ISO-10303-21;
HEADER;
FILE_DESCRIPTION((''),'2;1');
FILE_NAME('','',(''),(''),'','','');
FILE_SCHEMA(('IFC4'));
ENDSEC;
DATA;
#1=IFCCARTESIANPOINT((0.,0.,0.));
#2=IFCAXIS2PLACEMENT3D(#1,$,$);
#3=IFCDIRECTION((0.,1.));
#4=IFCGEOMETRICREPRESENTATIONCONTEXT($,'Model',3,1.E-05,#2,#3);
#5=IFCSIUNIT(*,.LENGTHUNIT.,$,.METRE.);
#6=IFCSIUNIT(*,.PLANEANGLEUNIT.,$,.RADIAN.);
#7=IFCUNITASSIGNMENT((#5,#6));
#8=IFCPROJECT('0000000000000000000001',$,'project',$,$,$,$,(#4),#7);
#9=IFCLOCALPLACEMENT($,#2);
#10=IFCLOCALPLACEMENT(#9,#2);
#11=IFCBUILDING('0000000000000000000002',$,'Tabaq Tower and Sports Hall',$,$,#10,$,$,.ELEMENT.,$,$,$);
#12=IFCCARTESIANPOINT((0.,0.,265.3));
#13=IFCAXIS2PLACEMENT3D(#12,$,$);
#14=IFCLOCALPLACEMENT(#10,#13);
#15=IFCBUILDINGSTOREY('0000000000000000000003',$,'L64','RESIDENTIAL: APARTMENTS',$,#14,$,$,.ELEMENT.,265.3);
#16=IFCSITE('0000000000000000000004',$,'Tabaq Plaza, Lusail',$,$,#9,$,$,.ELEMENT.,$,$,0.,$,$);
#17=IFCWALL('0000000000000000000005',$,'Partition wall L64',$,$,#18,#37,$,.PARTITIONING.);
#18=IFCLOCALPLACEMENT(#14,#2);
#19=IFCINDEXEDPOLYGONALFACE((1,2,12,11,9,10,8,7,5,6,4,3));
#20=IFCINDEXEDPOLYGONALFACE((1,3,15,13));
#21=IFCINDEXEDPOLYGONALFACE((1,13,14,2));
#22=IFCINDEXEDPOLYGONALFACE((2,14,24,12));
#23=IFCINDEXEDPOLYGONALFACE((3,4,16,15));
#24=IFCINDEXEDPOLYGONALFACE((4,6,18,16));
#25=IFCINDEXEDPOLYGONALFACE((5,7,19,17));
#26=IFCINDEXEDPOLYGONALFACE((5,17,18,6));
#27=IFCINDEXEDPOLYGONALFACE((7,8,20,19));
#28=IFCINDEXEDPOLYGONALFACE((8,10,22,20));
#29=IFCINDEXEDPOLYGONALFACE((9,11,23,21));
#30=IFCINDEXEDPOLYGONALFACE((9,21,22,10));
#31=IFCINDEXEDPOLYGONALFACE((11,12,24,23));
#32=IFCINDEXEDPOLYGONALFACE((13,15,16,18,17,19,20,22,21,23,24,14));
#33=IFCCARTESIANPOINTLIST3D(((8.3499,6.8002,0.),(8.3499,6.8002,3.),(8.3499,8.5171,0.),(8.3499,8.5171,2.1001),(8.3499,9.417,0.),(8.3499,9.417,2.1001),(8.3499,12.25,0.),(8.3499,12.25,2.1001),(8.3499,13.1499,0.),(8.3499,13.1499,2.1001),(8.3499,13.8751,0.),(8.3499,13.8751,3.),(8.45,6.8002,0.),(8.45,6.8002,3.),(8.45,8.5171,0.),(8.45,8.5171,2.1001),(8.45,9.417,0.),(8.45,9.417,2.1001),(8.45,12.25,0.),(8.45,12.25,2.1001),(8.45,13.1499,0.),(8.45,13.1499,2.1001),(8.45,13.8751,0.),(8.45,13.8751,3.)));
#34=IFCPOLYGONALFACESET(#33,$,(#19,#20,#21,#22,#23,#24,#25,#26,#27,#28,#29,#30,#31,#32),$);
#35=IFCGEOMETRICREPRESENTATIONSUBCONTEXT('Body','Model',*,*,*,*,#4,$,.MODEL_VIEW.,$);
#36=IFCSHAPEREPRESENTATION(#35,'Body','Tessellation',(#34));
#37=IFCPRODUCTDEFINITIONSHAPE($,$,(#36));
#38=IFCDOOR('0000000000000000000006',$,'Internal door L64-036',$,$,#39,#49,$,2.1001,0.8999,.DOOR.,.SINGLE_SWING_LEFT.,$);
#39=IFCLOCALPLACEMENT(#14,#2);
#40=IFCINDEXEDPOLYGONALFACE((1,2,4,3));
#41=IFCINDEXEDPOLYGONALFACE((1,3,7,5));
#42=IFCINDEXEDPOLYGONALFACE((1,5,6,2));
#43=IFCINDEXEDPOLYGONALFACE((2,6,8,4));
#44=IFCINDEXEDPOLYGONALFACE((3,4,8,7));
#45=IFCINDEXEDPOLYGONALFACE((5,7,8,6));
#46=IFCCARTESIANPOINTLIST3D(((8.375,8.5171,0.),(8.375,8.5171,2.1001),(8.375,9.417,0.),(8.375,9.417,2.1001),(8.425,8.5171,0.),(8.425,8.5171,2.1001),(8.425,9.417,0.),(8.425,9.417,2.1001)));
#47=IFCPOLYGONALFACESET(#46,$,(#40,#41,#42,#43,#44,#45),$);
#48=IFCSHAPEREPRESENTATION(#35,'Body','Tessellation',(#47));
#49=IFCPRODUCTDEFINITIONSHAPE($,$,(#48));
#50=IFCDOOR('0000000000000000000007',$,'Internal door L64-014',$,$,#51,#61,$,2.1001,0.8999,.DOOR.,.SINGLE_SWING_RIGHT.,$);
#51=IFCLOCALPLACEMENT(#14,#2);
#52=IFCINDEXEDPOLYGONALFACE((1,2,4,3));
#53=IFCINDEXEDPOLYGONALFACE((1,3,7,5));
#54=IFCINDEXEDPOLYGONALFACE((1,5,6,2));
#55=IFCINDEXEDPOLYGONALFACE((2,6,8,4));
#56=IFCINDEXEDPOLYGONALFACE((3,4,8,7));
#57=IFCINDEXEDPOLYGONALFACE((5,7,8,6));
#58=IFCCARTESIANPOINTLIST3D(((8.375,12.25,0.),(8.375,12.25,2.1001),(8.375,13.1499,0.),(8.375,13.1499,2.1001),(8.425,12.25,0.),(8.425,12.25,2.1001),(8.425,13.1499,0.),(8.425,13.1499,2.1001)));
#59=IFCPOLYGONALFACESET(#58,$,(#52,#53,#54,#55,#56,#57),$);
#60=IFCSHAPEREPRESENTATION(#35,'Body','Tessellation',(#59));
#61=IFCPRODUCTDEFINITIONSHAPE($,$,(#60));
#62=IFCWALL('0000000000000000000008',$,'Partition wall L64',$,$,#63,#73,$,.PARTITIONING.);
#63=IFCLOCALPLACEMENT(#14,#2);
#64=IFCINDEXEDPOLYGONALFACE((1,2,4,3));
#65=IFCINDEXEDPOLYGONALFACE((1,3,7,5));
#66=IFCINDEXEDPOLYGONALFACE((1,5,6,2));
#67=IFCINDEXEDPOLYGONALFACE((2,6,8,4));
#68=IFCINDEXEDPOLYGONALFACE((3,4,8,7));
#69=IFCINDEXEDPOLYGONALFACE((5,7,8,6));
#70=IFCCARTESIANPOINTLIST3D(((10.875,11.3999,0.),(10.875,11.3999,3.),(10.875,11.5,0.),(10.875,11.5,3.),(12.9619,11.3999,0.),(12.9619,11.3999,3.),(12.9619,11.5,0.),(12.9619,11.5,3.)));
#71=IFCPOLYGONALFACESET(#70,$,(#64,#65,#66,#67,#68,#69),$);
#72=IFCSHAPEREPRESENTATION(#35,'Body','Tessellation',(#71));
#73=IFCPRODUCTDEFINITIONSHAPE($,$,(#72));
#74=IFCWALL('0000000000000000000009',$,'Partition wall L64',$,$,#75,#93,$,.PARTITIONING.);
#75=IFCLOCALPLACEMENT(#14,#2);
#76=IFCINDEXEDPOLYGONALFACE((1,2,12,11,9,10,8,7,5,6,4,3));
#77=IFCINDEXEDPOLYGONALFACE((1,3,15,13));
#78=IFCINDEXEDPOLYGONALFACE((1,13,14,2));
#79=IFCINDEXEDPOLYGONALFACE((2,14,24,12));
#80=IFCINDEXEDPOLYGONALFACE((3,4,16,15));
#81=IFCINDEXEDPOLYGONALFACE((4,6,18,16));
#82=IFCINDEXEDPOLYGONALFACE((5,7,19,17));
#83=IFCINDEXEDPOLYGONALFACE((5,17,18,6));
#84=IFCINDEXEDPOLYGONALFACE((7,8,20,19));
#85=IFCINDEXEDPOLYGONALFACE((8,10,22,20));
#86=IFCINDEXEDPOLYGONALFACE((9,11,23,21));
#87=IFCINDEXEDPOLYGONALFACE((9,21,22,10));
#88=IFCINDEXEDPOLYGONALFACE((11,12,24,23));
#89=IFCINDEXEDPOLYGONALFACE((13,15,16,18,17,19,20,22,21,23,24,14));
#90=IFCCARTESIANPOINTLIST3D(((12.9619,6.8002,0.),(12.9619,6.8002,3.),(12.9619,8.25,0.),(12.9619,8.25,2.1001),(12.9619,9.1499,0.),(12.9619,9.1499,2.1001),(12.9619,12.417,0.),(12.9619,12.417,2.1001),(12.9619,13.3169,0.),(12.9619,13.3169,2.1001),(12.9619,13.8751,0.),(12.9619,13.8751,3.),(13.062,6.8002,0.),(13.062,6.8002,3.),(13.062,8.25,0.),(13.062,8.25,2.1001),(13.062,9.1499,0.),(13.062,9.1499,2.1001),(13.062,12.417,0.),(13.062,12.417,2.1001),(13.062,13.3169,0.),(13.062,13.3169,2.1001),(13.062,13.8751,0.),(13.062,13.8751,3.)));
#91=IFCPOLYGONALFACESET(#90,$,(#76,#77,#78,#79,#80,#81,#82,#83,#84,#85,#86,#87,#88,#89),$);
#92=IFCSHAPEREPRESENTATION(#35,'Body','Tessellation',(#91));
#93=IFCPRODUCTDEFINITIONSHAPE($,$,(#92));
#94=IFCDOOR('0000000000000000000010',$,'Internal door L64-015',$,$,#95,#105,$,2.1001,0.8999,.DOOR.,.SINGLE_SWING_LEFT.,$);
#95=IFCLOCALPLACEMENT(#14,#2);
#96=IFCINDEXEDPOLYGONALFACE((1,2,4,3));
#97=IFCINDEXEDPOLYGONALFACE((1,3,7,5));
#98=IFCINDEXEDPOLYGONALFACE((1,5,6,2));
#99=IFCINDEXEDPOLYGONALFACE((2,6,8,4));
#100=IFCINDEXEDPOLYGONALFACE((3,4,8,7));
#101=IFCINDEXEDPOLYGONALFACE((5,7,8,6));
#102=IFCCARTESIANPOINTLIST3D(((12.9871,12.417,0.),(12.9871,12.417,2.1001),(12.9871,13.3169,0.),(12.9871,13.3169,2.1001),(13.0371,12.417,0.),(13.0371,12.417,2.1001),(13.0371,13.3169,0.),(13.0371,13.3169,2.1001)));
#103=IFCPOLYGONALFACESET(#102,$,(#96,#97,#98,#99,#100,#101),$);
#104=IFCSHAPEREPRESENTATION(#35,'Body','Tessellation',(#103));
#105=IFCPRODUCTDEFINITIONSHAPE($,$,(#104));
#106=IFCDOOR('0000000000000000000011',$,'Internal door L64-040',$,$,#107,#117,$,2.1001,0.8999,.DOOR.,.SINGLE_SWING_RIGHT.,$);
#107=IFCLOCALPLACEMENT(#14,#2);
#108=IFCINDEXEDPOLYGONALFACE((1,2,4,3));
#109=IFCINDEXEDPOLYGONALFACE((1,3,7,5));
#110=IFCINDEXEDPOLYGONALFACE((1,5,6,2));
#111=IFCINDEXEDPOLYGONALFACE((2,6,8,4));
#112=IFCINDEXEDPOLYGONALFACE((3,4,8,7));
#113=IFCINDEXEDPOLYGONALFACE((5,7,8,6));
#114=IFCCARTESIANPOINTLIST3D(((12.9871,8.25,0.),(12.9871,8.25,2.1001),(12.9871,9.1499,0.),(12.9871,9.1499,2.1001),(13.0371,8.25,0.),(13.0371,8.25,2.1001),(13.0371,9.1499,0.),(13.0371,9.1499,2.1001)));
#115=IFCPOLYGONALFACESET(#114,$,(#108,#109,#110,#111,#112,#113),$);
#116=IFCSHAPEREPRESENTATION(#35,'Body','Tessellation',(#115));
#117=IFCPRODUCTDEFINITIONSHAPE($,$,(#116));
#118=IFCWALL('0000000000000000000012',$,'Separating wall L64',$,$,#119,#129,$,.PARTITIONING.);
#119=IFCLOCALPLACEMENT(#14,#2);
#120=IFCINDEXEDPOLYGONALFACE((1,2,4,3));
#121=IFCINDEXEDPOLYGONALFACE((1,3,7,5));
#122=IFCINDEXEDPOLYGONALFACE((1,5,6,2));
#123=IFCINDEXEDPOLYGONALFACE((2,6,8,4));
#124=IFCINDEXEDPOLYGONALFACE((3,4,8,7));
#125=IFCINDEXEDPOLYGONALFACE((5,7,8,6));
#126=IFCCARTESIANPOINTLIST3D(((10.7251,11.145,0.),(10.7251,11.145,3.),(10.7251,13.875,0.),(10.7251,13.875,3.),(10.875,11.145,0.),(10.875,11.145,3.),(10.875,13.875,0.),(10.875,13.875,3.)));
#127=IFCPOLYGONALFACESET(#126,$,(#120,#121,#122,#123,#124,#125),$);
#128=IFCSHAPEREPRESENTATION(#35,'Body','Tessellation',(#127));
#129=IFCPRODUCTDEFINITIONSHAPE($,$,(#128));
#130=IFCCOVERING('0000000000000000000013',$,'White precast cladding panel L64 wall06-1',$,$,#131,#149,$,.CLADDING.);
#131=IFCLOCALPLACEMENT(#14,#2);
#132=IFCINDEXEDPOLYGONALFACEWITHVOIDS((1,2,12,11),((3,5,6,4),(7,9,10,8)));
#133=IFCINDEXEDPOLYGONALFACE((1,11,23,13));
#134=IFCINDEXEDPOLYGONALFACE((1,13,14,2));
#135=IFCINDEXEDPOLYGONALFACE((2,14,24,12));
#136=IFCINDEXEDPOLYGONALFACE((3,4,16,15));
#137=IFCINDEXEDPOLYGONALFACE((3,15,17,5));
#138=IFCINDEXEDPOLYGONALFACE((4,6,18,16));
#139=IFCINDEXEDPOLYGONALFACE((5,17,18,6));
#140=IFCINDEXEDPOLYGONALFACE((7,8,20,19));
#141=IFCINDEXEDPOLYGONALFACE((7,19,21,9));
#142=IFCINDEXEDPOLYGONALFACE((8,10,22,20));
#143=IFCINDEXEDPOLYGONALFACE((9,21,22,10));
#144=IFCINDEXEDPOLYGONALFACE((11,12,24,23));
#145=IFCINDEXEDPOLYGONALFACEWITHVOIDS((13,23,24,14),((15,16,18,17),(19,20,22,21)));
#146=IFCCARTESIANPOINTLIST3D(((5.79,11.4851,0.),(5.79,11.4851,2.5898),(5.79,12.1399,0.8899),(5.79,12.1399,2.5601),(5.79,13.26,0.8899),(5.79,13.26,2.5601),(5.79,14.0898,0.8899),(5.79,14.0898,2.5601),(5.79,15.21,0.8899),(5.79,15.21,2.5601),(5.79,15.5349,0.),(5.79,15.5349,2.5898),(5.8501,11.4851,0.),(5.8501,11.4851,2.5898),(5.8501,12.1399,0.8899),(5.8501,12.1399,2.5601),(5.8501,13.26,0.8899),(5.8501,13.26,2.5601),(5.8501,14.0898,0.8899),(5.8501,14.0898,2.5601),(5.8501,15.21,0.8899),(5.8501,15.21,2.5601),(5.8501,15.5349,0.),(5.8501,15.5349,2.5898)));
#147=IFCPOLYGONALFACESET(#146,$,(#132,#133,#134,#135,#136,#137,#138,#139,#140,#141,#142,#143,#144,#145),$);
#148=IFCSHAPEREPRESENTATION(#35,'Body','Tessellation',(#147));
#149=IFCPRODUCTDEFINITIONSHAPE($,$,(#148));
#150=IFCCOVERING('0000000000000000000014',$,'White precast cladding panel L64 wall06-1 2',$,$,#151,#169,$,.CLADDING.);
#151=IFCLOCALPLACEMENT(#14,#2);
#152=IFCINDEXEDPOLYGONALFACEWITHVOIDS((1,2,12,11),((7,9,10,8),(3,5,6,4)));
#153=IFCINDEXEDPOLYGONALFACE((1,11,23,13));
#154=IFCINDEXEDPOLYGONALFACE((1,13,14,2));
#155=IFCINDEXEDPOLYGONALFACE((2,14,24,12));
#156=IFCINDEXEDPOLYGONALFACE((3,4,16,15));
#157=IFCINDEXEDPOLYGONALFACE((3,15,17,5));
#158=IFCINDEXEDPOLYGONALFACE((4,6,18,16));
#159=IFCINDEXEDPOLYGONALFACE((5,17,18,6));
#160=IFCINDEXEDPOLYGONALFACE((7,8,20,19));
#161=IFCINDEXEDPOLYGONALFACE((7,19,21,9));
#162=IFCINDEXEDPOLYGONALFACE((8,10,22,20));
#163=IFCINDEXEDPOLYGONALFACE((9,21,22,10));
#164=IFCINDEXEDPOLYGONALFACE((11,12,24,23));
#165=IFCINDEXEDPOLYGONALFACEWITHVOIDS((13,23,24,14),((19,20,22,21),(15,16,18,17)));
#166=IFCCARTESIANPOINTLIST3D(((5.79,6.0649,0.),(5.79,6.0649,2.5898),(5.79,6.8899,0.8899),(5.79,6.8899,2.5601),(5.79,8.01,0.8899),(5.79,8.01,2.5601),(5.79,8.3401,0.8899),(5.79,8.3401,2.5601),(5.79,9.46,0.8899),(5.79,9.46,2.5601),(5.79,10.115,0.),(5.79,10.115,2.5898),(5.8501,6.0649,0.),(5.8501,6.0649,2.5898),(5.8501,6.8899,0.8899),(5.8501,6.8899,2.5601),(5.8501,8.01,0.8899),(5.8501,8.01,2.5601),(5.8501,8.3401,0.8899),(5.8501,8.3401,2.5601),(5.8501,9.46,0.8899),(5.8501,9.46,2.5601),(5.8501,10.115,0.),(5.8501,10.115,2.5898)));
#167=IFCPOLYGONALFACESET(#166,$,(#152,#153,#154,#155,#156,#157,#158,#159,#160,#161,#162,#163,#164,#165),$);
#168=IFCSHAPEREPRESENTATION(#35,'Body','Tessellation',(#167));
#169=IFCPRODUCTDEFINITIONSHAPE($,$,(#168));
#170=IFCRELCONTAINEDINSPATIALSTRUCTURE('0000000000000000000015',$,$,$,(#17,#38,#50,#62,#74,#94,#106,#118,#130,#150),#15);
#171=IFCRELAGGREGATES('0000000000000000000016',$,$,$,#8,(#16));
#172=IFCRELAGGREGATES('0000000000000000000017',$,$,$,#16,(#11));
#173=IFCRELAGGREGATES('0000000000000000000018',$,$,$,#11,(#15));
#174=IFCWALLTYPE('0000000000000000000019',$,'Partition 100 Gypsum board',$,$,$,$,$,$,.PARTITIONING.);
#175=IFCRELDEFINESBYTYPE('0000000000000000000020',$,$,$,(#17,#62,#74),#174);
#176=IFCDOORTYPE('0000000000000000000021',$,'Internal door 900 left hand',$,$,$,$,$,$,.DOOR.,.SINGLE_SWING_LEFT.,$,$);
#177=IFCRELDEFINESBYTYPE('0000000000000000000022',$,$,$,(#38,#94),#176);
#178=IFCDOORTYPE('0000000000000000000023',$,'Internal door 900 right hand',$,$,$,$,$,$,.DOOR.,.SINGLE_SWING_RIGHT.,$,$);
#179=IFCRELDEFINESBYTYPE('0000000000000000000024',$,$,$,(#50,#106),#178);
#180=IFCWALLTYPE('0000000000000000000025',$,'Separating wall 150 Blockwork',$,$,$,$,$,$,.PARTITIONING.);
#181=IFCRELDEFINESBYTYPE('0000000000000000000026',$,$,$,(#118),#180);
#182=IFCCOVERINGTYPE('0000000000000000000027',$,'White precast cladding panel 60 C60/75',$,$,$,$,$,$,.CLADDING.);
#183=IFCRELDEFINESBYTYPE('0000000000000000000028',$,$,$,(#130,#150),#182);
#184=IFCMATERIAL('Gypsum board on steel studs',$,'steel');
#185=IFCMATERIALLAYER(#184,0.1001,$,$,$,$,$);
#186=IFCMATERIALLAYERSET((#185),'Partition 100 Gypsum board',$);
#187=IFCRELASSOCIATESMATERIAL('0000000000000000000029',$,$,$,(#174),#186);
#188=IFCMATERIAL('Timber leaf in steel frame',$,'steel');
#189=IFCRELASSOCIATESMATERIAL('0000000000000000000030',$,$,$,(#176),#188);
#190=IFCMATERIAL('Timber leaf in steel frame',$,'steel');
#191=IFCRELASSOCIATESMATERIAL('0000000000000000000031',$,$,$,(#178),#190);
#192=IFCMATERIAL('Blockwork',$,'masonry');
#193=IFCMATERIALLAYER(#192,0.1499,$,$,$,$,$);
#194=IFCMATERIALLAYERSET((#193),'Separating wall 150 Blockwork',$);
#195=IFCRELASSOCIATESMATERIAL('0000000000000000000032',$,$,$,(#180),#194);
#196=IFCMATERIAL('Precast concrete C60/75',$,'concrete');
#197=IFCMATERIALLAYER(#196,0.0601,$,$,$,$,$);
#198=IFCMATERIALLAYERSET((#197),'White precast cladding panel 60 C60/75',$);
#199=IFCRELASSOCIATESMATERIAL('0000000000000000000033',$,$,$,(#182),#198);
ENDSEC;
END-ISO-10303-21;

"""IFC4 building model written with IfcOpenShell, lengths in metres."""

from ifc_helpers import new_model, si_unit, direction, frame, frame_2d, origin, place, context, subcontext, project, spatial, polyline, rectangle, outline, extrude, material, layer, layer_set, type_object, element, fill, save


model = new_model("IFC4")

# Units and contexts
model_context = context("Model", 3, precision=1e-05, world=origin(), true_north=direction((0.0, 1.0)))
body_context = subcontext(model_context, "Body", "Model", "MODEL_VIEW")
ifc_project = project(units=[si_unit("LENGTHUNIT", "METRE"), si_unit("PLANEANGLEUNIT", "RADIAN")], contexts=[model_context])

# Site, building, storey
site_placement = place(None, origin())
site = spatial("IfcSite", under=ifc_project, at=site_placement, Name="Tabaq Plaza, Lusail", CompositionType="ELEMENT", RefElevation=0.0)
building_placement = place(site_placement, origin())
building = spatial("IfcBuilding", under=site, at=building_placement, Name="Tabaq Tower and Sports Hall", CompositionType="ELEMENT")
storey_placement = place(building_placement, frame((0.0, 0.0, 265.3)))
storey = spatial("IfcBuildingStorey", under=building, at=storey_placement, Name="L64", Description="RESIDENTIAL: APARTMENTS", CompositionType="ELEMENT", Elevation=265.3)

# Shared definitions
ifc_material_1 = material(Name="Gypsum board on steel studs", Category="steel")
ifc_layer_1 = layer(ifc_material_1, 0.1001)
ifc_layer_set_1 = layer_set([ifc_layer_1], Name="Partition 100 Gypsum board")
wall_type_1 = type_object("IfcWallType", Name="Partition 100 Gypsum board", PredefinedType="PARTITIONING", material=ifc_layer_set_1)
ifc_material_2 = material(Name="Timber leaf in steel frame", Category="steel")
door_type_1 = type_object("IfcDoorType", Name="Internal door 900 left hand", OperationType="SINGLE_SWING_LEFT", PredefinedType="DOOR", material=ifc_material_2)
ifc_material_3 = material(Name="Timber leaf in steel frame", Category="steel")
door_type_2 = type_object("IfcDoorType", Name="Internal door 900 right hand", OperationType="SINGLE_SWING_RIGHT", PredefinedType="DOOR", material=ifc_material_3)

# Wall, openings, doors
wall_1_placement = place(storey_placement, frame((8.3999, 6.8, 0.0), z_axis=(0.0, 0.0, 1.0), x_axis=(0.0, 1.0, 0.0)))
wall_1 = element("IfcWall", 1, at=wall_1_placement, inside=storey, type_object=wall_type_1, Name="Partition wall L64", PredefinedType="PARTITIONING", context=body_context, shape_type="SweptSolid", body=[
    extrude(rectangle(XDim=7.075, YDim=0.1001, at=frame_2d((3.5376, 0.0))), origin(), (0.0, 0.0, 1.0), 3.0),
])
opening_1_placement = place(wall_1_placement, frame((5.45, 0.0, 0.0)))
opening_1 = element("IfcOpeningElement", 2, at=opening_1_placement, cuts=wall_1, PredefinedType="OPENING", context=body_context, shape_type="SweptSolid", body=[
    extrude(rectangle(XDim=0.8999, YDim=2.1001, at=frame_2d((0.45, 1.05))), frame((0.0, 0.05, 0.0), z_axis=(0.0, -1.0, 0.0), x_axis=(1.0, 0.0, 0.0)), (0.0, 0.0, 1.0), 0.1001),
])
opening_2_placement = place(wall_1_placement, frame((1.717, 0.0, 0.0)))
opening_2 = element("IfcOpeningElement", 3, at=opening_2_placement, cuts=wall_1, PredefinedType="OPENING", context=body_context, shape_type="SweptSolid", body=[
    extrude(rectangle(XDim=0.8999, YDim=2.1001, at=frame_2d((0.45, 1.05))), frame((0.0, 0.05, 0.0), z_axis=(0.0, -1.0, 0.0), x_axis=(1.0, 0.0, 0.0)), (0.0, 0.0, 1.0), 0.1001),
])
door_1_placement = place(opening_2_placement, origin())
door_1 = element("IfcDoor", 4, at=door_1_placement, inside=storey, type_object=door_type_1, Name="Internal door L64-036", OperationType="SINGLE_SWING_LEFT", OverallHeight=2.1001, OverallWidth=0.8999, PredefinedType="DOOR", context=body_context, shape_type="SweptSolid", body=[
    extrude(rectangle(XDim=0.8999, YDim=2.1001, at=frame_2d((0.45, 1.05))), frame((0.0, 0.0249, 0.0), z_axis=(0.0, -1.0, 0.0), x_axis=(1.0, 0.0, 0.0)), (0.0, 0.0, 1.0), 0.05),
])
fill(opening_2, door_1)
door_2_placement = place(opening_1_placement, origin())
door_2 = element("IfcDoor", 5, at=door_2_placement, inside=storey, type_object=door_type_2, Name="Internal door L64-014", OperationType="SINGLE_SWING_RIGHT", OverallHeight=2.1001, OverallWidth=0.8999, PredefinedType="DOOR", context=body_context, shape_type="SweptSolid", body=[
    extrude(rectangle(XDim=0.8999, YDim=2.1001, at=frame_2d((0.45, 1.05))), frame((0.0, 0.0249, 0.0), z_axis=(0.0, -1.0, 0.0), x_axis=(1.0, 0.0, 0.0)), (0.0, 0.0, 1.0), 0.05),
])
fill(opening_1, door_2)

# Wall
wall_2_placement = place(storey_placement, frame((12.9619, 11.45, 0.0), z_axis=(0.0, 0.0, 1.0), x_axis=(-1.0, 0.0, 0.0)))
element("IfcWall", 6, at=wall_2_placement, inside=storey, type_object=wall_type_1, Name="Partition wall L64", PredefinedType="PARTITIONING", context=body_context, shape_type="SweptSolid", body=[
    extrude(rectangle(XDim=2.0869, YDim=0.1001, at=frame_2d((1.0435, 0.0))), origin(), (0.0, 0.0, 1.0), 3.0),
])

# Wall, openings, doors
wall_3_placement = place(storey_placement, frame((13.012, 6.8, 0.0), z_axis=(0.0, 0.0, 1.0), x_axis=(0.0, 1.0, 0.0)))
wall_3 = element("IfcWall", 7, at=wall_3_placement, inside=storey, type_object=wall_type_1, Name="Partition wall L64", PredefinedType="PARTITIONING", context=body_context, shape_type="SweptSolid", body=[
    extrude(rectangle(XDim=7.075, YDim=0.1001, at=frame_2d((3.5376, 0.0))), origin(), (0.0, 0.0, 1.0), 3.0),
])
opening_3_placement = place(wall_3_placement, frame((5.6169, 0.0, 0.0)))
opening_3 = element("IfcOpeningElement", 8, at=opening_3_placement, cuts=wall_3, PredefinedType="OPENING", context=body_context, shape_type="SweptSolid", body=[
    extrude(rectangle(XDim=0.8999, YDim=2.1001, at=frame_2d((0.45, 1.05))), frame((0.0, 0.05, 0.0), z_axis=(0.0, -1.0, 0.0), x_axis=(1.0, 0.0, 0.0)), (0.0, 0.0, 1.0), 0.1001),
])
opening_4_placement = place(wall_3_placement, frame((1.45, 0.0, 0.0)))
opening_4 = element("IfcOpeningElement", 9, at=opening_4_placement, cuts=wall_3, PredefinedType="OPENING", context=body_context, shape_type="SweptSolid", body=[
    extrude(rectangle(XDim=0.8999, YDim=2.1001, at=frame_2d((0.45, 1.05))), frame((0.0, 0.05, 0.0), z_axis=(0.0, -1.0, 0.0), x_axis=(1.0, 0.0, 0.0)), (0.0, 0.0, 1.0), 0.1001),
])
door_3_placement = place(opening_3_placement, origin())
door_3 = element("IfcDoor", 10, at=door_3_placement, inside=storey, type_object=door_type_1, Name="Internal door L64-015", OperationType="SINGLE_SWING_LEFT", OverallHeight=2.1001, OverallWidth=0.8999, PredefinedType="DOOR", context=body_context, shape_type="SweptSolid", body=[
    extrude(rectangle(XDim=0.8999, YDim=2.1001, at=frame_2d((0.45, 1.05))), frame((0.0, 0.0249, 0.0), z_axis=(0.0, -1.0, 0.0), x_axis=(1.0, 0.0, 0.0)), (0.0, 0.0, 1.0), 0.05),
])
fill(opening_3, door_3)
door_4_placement = place(opening_4_placement, origin())
door_4 = element("IfcDoor", 11, at=door_4_placement, inside=storey, type_object=door_type_2, Name="Internal door L64-040", OperationType="SINGLE_SWING_RIGHT", OverallHeight=2.1001, OverallWidth=0.8999, PredefinedType="DOOR", context=body_context, shape_type="SweptSolid", body=[
    extrude(rectangle(XDim=0.8999, YDim=2.1001, at=frame_2d((0.45, 1.05))), frame((0.0, 0.0249, 0.0), z_axis=(0.0, -1.0, 0.0), x_axis=(1.0, 0.0, 0.0)), (0.0, 0.0, 1.0), 0.05),
])
fill(opening_4, door_4)

# Wall
ifc_material_4 = material(Name="Blockwork", Category="masonry")
ifc_layer_2 = layer(ifc_material_4, 0.1499)
ifc_layer_set_2 = layer_set([ifc_layer_2], Name="Separating wall 150 Blockwork")
wall_type_2 = type_object("IfcWallType", Name="Separating wall 150 Blockwork", PredefinedType="PARTITIONING", material=ifc_layer_set_2)
wall_4_placement = place(storey_placement, frame((10.8, 11.145, 0.0), z_axis=(0.0, 0.0, 1.0), x_axis=(0.0, 1.0, 0.0)))
element("IfcWall", 12, at=wall_4_placement, inside=storey, type_object=wall_type_2, Name="Separating wall L64", PredefinedType="PARTITIONING", context=body_context, shape_type="SweptSolid", body=[
    extrude(rectangle(XDim=2.73, YDim=0.1499, at=frame_2d((1.365, 0.0))), origin(), (0.0, 0.0, 1.0), 3.0),
])

# Coverings
ifc_material_5 = material(Name="Precast concrete C60/75", Category="concrete")
ifc_layer_3 = layer(ifc_material_5, 0.0601)
ifc_layer_set_3 = layer_set([ifc_layer_3], Name="White precast cladding panel 60 C60/75")
covering_type = type_object("IfcCoveringType", Name="White precast cladding panel 60 C60/75", PredefinedType="CLADDING", material=ifc_layer_set_3)
covering_1_placement = place(storey_placement, frame((5.8201, 15.5349, 0.0), z_axis=(0.0, 0.0, 1.0), x_axis=(0.0, -1.0, 0.0)))
element("IfcCovering", 13, at=covering_1_placement, inside=storey, type_object=covering_type, Name="White precast cladding panel L64 wall06-1", PredefinedType="CLADDING", context=body_context, shape_type="SweptSolid", body=[
    extrude(outline(polyline([(0.0, 0.0), (4.0498, 0.0), (4.0498, 2.5898), (0.0, 2.5898), (0.0, 0.0)]), holes=[polyline([(0.325, 0.8899), (0.325, 2.5601), (1.4451, 2.5601), (1.4451, 0.8899), (0.325, 0.8899)]), polyline([(2.2749, 0.8899), (2.2749, 2.5601), (3.395, 2.5601), (3.395, 0.8899), (2.2749, 0.8899)])]), frame((0.0, 0.03, 0.0), z_axis=(0.0, -1.0, 0.0), x_axis=(1.0, 0.0, 0.0)), (0.0, 0.0, 1.0), 0.0601),
])
covering_2_placement = place(storey_placement, frame((5.8201, 10.115, 0.0), z_axis=(0.0, 0.0, 1.0), x_axis=(0.0, -1.0, 0.0)))
element("IfcCovering", 14, at=covering_2_placement, inside=storey, type_object=covering_type, Name="White precast cladding panel L64 wall06-1 2", PredefinedType="CLADDING", context=body_context, shape_type="SweptSolid", body=[
    extrude(outline(polyline([(0.0, 0.0), (4.05, 0.0), (4.05, 2.5898), (0.0, 2.5898), (0.0, 0.0)]), holes=[polyline([(0.655, 0.8899), (0.655, 2.5601), (1.7749, 2.5601), (1.7749, 0.8899), (0.655, 0.8899)]), polyline([(2.105, 0.8899), (2.105, 2.5601), (3.2251, 2.5601), (3.2251, 0.8899), (2.105, 0.8899)])]), frame((0.0, 0.03, 0.0), z_axis=(0.0, -1.0, 0.0), x_axis=(1.0, 0.0, 0.0)), (0.0, 0.0, 1.0), 0.0601),
])

save(model, "model.ifc")
